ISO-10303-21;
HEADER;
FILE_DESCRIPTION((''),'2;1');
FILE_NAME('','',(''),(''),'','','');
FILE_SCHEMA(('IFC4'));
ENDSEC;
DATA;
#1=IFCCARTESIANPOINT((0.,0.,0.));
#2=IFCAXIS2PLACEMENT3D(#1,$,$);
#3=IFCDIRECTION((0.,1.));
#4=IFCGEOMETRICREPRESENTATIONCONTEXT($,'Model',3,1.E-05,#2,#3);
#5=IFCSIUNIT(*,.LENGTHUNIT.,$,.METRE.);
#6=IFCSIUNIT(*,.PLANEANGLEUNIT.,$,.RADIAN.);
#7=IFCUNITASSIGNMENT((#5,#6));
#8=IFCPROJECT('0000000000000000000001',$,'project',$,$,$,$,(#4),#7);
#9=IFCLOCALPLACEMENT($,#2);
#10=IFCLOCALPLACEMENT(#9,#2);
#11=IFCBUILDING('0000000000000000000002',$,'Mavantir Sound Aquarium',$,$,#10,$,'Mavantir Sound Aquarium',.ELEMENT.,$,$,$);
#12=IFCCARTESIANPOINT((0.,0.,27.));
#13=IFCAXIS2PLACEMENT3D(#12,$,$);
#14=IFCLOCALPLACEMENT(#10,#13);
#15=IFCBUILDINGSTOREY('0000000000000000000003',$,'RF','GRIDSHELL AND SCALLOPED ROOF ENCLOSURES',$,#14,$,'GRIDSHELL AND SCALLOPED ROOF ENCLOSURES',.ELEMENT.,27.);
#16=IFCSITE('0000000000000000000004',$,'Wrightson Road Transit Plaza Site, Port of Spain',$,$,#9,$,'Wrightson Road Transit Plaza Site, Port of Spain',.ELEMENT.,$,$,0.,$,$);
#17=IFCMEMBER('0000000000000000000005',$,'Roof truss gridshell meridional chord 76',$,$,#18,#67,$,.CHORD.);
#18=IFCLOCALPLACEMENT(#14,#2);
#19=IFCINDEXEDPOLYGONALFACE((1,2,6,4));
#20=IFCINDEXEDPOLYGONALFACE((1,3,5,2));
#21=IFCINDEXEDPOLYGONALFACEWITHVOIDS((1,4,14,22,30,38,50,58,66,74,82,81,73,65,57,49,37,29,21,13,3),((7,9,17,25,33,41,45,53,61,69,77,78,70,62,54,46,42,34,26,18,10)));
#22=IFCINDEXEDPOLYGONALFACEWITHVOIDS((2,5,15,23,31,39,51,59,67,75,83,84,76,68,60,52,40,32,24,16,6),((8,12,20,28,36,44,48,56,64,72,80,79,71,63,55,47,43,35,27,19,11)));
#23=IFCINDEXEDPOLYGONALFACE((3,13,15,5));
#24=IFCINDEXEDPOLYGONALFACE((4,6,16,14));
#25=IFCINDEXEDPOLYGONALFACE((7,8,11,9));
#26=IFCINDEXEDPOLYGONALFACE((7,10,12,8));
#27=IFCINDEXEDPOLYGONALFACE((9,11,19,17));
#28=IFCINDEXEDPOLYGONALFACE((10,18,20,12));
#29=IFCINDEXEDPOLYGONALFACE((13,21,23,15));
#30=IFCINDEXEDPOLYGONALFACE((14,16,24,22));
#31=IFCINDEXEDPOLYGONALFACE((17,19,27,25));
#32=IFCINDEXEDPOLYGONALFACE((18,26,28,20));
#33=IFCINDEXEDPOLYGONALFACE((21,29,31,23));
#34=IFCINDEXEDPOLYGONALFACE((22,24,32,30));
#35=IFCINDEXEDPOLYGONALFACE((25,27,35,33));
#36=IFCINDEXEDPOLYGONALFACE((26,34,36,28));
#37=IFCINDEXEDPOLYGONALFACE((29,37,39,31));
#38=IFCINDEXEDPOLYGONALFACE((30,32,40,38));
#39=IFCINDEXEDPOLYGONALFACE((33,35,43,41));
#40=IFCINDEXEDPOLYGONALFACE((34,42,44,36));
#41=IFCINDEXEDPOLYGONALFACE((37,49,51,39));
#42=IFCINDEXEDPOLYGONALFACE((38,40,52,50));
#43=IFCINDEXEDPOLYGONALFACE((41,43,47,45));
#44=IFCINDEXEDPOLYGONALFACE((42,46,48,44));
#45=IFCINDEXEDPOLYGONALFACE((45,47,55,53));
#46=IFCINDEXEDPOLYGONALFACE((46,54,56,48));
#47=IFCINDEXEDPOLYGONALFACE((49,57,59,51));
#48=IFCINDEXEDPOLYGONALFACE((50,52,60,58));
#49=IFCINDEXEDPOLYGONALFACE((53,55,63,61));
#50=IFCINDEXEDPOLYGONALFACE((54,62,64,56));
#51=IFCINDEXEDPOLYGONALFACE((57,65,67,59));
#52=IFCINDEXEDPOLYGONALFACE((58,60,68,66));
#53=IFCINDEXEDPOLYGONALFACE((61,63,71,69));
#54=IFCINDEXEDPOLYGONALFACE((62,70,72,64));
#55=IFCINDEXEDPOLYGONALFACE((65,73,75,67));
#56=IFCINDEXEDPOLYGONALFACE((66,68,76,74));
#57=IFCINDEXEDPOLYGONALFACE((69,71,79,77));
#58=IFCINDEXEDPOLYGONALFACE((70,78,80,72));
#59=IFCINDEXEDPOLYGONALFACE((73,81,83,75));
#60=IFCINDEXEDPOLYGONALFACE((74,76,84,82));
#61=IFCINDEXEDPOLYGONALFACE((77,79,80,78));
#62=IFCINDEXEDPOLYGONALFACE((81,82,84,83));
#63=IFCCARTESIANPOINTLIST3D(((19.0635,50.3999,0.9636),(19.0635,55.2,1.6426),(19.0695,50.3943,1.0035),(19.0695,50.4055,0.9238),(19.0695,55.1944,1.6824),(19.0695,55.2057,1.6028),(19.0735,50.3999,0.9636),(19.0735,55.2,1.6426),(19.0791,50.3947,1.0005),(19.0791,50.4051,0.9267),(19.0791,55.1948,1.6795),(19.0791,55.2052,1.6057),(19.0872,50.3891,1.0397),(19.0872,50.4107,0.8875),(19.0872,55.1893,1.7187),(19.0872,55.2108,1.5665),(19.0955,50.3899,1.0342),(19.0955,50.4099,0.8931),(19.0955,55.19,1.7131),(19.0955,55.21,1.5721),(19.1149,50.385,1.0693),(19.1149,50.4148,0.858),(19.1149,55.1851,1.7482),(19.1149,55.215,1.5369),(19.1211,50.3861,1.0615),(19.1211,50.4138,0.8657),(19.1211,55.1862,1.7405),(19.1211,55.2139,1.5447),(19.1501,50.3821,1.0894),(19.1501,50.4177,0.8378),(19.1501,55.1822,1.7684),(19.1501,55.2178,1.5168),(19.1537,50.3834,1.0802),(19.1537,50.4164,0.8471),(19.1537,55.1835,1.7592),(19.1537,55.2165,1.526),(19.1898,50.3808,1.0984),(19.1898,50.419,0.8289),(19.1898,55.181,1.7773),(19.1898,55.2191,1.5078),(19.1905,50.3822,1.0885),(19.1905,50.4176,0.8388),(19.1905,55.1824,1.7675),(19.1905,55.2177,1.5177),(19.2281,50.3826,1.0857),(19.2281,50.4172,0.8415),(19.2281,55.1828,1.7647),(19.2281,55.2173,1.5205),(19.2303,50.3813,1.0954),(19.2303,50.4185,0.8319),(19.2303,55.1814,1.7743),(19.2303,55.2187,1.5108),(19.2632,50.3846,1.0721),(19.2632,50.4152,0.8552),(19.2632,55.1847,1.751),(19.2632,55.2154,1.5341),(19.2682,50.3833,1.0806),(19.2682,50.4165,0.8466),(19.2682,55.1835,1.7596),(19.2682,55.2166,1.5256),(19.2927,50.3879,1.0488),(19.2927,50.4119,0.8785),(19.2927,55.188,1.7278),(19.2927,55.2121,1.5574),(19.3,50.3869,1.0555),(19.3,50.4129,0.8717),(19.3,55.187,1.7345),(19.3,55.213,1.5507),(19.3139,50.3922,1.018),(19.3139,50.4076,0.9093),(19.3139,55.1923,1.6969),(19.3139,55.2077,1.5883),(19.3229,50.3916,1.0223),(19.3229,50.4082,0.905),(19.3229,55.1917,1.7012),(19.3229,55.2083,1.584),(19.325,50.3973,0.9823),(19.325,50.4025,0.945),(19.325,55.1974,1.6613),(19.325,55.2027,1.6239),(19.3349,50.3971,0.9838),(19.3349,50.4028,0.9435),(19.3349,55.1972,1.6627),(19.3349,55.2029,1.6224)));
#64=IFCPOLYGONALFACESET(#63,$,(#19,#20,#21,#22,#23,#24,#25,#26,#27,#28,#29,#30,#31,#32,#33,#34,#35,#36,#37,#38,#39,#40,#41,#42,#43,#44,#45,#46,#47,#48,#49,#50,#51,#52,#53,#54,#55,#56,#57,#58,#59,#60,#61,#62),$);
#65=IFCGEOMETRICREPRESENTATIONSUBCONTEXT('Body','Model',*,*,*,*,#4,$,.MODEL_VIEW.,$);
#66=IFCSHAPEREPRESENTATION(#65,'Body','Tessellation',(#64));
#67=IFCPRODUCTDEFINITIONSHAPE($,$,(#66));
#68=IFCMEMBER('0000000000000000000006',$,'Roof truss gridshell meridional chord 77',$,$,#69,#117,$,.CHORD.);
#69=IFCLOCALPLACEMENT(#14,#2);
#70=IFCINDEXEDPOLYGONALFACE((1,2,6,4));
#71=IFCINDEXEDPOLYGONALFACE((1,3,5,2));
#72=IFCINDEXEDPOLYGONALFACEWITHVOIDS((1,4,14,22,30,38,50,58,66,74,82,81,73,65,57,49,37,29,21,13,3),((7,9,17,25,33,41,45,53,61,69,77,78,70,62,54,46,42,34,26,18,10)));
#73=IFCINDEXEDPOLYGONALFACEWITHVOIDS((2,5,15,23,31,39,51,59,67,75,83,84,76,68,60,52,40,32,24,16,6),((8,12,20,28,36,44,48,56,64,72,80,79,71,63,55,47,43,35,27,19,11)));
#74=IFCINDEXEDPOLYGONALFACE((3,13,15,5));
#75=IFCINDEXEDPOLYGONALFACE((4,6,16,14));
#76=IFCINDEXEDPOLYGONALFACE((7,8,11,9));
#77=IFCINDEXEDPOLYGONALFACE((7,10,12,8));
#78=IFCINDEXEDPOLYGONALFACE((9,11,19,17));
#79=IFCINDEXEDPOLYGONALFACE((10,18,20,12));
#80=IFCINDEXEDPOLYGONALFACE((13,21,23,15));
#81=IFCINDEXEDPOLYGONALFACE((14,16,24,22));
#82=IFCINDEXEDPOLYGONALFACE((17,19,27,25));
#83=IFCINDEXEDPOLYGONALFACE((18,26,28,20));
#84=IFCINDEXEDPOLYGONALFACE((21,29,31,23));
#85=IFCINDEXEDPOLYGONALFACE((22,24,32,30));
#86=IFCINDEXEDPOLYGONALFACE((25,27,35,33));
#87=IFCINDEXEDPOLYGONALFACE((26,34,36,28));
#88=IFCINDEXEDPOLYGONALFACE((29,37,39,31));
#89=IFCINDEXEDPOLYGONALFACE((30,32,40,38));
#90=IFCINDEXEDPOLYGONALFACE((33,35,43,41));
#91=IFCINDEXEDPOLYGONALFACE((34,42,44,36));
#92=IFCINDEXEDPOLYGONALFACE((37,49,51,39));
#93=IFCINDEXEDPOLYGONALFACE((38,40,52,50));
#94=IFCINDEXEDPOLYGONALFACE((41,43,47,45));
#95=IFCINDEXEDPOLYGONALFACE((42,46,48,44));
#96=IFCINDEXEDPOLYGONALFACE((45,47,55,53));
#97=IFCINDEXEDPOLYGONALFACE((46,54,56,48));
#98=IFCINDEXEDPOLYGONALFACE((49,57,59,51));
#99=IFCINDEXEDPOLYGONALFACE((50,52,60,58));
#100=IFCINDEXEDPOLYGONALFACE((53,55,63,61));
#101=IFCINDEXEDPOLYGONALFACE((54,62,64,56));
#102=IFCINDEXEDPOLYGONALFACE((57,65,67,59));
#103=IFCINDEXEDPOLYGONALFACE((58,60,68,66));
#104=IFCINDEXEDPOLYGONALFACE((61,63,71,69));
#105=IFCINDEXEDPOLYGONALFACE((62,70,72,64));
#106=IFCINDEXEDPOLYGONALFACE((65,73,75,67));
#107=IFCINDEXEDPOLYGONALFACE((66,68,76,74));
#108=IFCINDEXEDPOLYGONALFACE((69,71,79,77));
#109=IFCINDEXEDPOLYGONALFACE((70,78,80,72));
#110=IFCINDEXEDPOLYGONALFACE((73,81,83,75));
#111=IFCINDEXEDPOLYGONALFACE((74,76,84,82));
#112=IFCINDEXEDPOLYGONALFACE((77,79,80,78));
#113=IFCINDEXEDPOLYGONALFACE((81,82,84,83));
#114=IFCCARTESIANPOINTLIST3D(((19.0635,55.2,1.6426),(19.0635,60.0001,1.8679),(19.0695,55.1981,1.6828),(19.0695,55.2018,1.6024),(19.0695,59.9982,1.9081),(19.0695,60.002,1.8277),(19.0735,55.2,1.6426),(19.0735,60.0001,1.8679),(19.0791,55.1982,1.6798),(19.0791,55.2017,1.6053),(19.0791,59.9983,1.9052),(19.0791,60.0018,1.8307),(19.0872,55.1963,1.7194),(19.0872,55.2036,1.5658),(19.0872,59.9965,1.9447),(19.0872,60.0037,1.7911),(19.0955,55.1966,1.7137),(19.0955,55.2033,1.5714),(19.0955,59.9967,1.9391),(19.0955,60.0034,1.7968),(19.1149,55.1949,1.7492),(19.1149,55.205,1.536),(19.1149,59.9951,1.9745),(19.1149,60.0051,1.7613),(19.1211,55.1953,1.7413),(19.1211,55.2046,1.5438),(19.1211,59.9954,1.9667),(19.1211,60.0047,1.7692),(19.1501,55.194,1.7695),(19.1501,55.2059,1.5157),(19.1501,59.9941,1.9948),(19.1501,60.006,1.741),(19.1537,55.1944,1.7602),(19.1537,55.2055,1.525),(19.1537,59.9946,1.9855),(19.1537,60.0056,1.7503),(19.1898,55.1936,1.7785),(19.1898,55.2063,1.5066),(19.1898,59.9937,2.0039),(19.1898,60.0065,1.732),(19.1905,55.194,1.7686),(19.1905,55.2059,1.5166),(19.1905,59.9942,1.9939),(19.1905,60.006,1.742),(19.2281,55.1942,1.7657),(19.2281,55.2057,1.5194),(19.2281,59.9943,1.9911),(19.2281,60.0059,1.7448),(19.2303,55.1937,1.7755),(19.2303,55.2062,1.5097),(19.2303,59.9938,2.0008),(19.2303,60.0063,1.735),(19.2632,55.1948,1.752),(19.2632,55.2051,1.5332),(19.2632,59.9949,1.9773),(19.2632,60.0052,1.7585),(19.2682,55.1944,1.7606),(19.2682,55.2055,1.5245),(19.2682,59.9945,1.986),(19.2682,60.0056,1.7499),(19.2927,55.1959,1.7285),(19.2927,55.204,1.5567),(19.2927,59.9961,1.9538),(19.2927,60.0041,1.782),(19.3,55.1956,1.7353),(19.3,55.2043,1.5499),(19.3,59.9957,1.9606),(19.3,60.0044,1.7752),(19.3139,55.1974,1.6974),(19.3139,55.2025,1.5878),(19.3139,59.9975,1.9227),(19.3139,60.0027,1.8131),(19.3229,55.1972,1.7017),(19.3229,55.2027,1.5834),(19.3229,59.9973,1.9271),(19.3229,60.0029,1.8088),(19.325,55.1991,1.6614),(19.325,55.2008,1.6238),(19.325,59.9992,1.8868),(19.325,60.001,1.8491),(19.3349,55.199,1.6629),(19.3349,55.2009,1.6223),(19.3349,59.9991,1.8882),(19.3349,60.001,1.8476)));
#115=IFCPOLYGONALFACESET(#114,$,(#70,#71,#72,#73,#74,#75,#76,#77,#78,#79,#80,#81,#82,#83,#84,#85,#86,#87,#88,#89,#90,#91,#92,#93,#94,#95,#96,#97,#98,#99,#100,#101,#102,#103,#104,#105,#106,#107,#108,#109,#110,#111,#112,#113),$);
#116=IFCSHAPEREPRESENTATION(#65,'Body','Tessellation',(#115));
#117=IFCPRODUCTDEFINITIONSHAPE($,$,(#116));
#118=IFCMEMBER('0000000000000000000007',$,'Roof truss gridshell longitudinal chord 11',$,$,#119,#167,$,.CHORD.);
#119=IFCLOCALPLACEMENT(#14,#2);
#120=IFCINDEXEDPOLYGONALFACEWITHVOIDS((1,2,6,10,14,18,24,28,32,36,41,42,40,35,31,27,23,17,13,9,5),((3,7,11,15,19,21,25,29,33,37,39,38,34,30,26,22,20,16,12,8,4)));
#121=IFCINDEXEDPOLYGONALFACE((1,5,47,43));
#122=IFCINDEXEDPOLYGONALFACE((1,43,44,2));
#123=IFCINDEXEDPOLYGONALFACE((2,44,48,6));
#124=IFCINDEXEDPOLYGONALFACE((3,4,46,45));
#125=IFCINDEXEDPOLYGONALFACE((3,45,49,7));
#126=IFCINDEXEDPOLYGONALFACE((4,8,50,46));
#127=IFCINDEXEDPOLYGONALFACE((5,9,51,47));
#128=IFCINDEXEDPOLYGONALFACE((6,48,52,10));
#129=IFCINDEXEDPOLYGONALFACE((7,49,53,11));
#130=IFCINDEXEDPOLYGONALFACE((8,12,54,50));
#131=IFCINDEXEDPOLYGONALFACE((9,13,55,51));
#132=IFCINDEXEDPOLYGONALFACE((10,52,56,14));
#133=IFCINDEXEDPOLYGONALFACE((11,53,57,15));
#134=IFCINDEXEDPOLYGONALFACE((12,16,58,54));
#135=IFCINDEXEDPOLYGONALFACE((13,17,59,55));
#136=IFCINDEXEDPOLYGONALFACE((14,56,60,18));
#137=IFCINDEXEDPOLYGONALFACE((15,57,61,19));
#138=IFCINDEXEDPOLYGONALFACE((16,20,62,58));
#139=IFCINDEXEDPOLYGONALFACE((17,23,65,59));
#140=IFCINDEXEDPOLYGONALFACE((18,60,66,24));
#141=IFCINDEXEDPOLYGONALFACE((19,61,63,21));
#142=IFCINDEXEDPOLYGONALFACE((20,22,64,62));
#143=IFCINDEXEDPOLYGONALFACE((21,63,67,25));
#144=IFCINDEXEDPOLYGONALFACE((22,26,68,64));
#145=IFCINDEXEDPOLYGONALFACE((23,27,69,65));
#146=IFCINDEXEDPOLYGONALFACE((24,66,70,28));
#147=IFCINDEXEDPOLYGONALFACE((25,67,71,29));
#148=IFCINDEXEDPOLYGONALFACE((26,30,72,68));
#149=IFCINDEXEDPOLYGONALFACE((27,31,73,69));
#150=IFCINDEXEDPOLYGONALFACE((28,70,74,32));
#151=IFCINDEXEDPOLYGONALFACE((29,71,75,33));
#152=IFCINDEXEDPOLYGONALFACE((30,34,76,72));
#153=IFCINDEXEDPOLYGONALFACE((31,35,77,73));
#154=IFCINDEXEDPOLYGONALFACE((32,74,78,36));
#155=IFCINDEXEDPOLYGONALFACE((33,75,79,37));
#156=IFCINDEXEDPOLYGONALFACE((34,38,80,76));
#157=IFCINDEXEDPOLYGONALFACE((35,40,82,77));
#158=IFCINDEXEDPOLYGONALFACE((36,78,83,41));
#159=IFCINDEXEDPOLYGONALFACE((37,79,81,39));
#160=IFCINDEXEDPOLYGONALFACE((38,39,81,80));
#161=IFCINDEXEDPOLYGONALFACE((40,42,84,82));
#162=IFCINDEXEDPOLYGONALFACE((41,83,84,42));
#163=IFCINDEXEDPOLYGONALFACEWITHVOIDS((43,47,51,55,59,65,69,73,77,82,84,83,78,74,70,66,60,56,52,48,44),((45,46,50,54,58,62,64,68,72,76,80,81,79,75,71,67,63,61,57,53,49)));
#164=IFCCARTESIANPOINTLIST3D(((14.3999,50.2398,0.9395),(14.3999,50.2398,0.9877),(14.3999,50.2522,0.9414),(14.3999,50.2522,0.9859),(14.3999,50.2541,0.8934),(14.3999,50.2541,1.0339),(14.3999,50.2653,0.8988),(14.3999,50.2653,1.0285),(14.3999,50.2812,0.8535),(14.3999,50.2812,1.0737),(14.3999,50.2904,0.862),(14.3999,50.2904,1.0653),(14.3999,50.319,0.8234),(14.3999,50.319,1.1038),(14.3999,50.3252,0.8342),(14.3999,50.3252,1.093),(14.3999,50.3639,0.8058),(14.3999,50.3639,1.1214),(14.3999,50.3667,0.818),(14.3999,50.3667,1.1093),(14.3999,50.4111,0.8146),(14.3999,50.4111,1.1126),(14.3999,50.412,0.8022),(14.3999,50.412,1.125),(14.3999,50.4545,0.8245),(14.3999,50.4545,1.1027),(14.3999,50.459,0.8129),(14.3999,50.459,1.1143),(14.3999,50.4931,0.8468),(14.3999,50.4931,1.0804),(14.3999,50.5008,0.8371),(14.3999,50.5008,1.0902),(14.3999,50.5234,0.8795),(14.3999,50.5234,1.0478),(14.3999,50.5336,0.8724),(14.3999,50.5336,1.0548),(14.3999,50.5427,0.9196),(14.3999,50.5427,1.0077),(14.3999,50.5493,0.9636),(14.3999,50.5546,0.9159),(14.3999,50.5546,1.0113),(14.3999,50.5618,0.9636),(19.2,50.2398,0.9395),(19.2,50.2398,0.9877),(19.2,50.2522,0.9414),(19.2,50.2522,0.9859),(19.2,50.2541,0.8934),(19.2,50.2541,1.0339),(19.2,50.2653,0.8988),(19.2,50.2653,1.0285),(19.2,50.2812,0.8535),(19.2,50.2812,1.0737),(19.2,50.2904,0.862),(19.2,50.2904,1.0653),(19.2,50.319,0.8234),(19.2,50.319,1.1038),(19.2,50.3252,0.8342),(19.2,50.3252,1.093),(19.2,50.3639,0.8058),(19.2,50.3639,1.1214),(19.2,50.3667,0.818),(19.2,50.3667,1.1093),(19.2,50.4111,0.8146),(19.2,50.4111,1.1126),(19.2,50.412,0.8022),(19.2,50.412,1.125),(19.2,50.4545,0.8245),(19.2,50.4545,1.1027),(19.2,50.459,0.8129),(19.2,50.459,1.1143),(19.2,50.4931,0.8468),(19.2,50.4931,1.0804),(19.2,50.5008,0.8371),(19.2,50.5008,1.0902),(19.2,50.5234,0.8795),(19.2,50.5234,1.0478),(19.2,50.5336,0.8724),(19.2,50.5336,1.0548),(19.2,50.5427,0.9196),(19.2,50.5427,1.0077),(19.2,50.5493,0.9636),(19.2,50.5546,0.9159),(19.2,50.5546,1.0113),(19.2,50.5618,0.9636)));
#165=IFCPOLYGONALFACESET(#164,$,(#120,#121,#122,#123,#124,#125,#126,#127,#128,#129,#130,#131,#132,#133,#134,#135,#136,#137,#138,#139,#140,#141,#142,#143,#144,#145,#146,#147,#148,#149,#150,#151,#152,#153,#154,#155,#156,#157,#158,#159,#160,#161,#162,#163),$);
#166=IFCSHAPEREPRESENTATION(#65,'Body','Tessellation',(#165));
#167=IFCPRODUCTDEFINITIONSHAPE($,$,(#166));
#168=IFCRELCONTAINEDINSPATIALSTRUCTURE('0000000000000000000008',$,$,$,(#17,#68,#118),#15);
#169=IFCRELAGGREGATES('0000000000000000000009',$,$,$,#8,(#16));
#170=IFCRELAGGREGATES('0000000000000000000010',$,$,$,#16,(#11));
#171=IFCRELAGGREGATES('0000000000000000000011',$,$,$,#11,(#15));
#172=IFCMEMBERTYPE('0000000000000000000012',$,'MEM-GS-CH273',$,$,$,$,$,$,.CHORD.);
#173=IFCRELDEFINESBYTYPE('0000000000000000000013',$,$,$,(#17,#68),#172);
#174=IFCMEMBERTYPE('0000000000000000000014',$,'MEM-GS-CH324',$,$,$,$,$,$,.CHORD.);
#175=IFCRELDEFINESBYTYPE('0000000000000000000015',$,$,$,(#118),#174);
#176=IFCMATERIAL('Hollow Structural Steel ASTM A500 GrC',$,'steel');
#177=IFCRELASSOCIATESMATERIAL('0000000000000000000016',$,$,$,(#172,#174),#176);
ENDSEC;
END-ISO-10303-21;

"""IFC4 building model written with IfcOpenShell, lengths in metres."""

from ifc_helpers import new_model, si_unit, direction, frame, origin, origin_2d, place, context, subcontext, project, spatial, hollow_circle, extrude, material, material_profile, profile_set, type_object, element, save


model = new_model("IFC4")

# Units and contexts
model_context = context("Model", 3, precision=1e-05, world=origin(), true_north=direction((0.0, 1.0)))
body_context = subcontext(model_context, "Body", "Model", "MODEL_VIEW")
ifc_project = project(units=[si_unit("LENGTHUNIT", "METRE"), si_unit("PLANEANGLEUNIT", "RADIAN")], contexts=[model_context])

# Site, building, storey
site_placement = place(None, origin())
site = spatial("IfcSite", under=ifc_project, at=site_placement, Name="Wrightson Road Transit Plaza Site, Port of Spain", LongName="Wrightson Road Transit Plaza Site, Port of Spain", CompositionType="ELEMENT", RefElevation=0.0)
building_placement = place(site_placement, origin())
building = spatial("IfcBuilding", under=site, at=building_placement, Name="Mavantir Sound Aquarium", LongName="Mavantir Sound Aquarium", CompositionType="ELEMENT")
storey_placement = place(building_placement, frame((0.0, 0.0, 27.0)))
storey = spatial("IfcBuildingStorey", under=building, at=storey_placement, Name="RF", Description="GRIDSHELL AND SCALLOPED ROOF ENCLOSURES", LongName="GRIDSHELL AND SCALLOPED ROOF ENCLOSURES", CompositionType="ELEMENT", Elevation=27.0)

# Members
ifc_material_1 = material(Name="Hollow Structural Steel ASTM A500 GrC", Category="steel")
ifc_material_profile_1 = material_profile(ifc_material_1, hollow_circle(Radius=0.1365, WallThickness=0.01, at=origin_2d()), Name="CHS 273X10")
ifc_profile_set_1 = profile_set([ifc_material_profile_1], Name="Hollow Structural Steel ASTM A500 GrC")
member_type_1 = type_object("IfcMemberType", Name="MEM-GS-CH273", PredefinedType="CHORD", material=ifc_profile_set_1)
member_1_placement = place(storey_placement, frame((19.2, 50.3999, 0.9636), z_axis=(0.0, 0.990144, 0.140053), x_axis=(-1.0, 0.0, 0.0)))
element("IfcMember", 1, at=member_1_placement, inside=storey, type_object=member_type_1, Name="Roof truss gridshell meridional chord 76", PredefinedType="CHORD", context=body_context, shape_type="SweptSolid", body=[
    extrude(hollow_circle(Radius=0.1365, WallThickness=0.01, at=origin_2d()), origin(), (0.0, 0.0, 1.0), 4.8479),
])
member_2_placement = place(storey_placement, frame((19.2, 55.2, 1.6426), z_axis=(0.0, 0.9989, 0.046894), x_axis=(-1.0, 0.0, 0.0)))
element("IfcMember", 2, at=member_2_placement, inside=storey, type_object=member_type_1, Name="Roof truss gridshell meridional chord 77", PredefinedType="CHORD", context=body_context, shape_type="SweptSolid", body=[
    extrude(hollow_circle(Radius=0.1365, WallThickness=0.01, at=origin_2d()), origin(), (0.0, 0.0, 1.0), 4.8054),
])
ifc_material_profile_2 = material_profile(ifc_material_1, hollow_circle(Radius=0.1619, WallThickness=0.0125, at=origin_2d()), Name="CHS 323.9X12.5")
ifc_profile_set_2 = profile_set([ifc_material_profile_2], Name="Hollow Structural Steel ASTM A500 GrC")
member_type_2 = type_object("IfcMemberType", Name="MEM-GS-CH324", PredefinedType="CHORD", material=ifc_profile_set_2)
member_3_placement = place(storey_placement, frame((14.3999, 50.3999, 0.9636), z_axis=(1.0, 0.0, 0.0), x_axis=(0.0, 1.0, 0.0)))
element("IfcMember", 3, at=member_3_placement, inside=storey, type_object=member_type_2, Name="Roof truss gridshell longitudinal chord 11", PredefinedType="CHORD", context=body_context, shape_type="SweptSolid", body=[
    extrude(hollow_circle(Radius=0.1619, WallThickness=0.0125, at=origin_2d()), origin(), (0.0, 0.0, 1.0), 4.8),
])

save(model, "model.ifc")
